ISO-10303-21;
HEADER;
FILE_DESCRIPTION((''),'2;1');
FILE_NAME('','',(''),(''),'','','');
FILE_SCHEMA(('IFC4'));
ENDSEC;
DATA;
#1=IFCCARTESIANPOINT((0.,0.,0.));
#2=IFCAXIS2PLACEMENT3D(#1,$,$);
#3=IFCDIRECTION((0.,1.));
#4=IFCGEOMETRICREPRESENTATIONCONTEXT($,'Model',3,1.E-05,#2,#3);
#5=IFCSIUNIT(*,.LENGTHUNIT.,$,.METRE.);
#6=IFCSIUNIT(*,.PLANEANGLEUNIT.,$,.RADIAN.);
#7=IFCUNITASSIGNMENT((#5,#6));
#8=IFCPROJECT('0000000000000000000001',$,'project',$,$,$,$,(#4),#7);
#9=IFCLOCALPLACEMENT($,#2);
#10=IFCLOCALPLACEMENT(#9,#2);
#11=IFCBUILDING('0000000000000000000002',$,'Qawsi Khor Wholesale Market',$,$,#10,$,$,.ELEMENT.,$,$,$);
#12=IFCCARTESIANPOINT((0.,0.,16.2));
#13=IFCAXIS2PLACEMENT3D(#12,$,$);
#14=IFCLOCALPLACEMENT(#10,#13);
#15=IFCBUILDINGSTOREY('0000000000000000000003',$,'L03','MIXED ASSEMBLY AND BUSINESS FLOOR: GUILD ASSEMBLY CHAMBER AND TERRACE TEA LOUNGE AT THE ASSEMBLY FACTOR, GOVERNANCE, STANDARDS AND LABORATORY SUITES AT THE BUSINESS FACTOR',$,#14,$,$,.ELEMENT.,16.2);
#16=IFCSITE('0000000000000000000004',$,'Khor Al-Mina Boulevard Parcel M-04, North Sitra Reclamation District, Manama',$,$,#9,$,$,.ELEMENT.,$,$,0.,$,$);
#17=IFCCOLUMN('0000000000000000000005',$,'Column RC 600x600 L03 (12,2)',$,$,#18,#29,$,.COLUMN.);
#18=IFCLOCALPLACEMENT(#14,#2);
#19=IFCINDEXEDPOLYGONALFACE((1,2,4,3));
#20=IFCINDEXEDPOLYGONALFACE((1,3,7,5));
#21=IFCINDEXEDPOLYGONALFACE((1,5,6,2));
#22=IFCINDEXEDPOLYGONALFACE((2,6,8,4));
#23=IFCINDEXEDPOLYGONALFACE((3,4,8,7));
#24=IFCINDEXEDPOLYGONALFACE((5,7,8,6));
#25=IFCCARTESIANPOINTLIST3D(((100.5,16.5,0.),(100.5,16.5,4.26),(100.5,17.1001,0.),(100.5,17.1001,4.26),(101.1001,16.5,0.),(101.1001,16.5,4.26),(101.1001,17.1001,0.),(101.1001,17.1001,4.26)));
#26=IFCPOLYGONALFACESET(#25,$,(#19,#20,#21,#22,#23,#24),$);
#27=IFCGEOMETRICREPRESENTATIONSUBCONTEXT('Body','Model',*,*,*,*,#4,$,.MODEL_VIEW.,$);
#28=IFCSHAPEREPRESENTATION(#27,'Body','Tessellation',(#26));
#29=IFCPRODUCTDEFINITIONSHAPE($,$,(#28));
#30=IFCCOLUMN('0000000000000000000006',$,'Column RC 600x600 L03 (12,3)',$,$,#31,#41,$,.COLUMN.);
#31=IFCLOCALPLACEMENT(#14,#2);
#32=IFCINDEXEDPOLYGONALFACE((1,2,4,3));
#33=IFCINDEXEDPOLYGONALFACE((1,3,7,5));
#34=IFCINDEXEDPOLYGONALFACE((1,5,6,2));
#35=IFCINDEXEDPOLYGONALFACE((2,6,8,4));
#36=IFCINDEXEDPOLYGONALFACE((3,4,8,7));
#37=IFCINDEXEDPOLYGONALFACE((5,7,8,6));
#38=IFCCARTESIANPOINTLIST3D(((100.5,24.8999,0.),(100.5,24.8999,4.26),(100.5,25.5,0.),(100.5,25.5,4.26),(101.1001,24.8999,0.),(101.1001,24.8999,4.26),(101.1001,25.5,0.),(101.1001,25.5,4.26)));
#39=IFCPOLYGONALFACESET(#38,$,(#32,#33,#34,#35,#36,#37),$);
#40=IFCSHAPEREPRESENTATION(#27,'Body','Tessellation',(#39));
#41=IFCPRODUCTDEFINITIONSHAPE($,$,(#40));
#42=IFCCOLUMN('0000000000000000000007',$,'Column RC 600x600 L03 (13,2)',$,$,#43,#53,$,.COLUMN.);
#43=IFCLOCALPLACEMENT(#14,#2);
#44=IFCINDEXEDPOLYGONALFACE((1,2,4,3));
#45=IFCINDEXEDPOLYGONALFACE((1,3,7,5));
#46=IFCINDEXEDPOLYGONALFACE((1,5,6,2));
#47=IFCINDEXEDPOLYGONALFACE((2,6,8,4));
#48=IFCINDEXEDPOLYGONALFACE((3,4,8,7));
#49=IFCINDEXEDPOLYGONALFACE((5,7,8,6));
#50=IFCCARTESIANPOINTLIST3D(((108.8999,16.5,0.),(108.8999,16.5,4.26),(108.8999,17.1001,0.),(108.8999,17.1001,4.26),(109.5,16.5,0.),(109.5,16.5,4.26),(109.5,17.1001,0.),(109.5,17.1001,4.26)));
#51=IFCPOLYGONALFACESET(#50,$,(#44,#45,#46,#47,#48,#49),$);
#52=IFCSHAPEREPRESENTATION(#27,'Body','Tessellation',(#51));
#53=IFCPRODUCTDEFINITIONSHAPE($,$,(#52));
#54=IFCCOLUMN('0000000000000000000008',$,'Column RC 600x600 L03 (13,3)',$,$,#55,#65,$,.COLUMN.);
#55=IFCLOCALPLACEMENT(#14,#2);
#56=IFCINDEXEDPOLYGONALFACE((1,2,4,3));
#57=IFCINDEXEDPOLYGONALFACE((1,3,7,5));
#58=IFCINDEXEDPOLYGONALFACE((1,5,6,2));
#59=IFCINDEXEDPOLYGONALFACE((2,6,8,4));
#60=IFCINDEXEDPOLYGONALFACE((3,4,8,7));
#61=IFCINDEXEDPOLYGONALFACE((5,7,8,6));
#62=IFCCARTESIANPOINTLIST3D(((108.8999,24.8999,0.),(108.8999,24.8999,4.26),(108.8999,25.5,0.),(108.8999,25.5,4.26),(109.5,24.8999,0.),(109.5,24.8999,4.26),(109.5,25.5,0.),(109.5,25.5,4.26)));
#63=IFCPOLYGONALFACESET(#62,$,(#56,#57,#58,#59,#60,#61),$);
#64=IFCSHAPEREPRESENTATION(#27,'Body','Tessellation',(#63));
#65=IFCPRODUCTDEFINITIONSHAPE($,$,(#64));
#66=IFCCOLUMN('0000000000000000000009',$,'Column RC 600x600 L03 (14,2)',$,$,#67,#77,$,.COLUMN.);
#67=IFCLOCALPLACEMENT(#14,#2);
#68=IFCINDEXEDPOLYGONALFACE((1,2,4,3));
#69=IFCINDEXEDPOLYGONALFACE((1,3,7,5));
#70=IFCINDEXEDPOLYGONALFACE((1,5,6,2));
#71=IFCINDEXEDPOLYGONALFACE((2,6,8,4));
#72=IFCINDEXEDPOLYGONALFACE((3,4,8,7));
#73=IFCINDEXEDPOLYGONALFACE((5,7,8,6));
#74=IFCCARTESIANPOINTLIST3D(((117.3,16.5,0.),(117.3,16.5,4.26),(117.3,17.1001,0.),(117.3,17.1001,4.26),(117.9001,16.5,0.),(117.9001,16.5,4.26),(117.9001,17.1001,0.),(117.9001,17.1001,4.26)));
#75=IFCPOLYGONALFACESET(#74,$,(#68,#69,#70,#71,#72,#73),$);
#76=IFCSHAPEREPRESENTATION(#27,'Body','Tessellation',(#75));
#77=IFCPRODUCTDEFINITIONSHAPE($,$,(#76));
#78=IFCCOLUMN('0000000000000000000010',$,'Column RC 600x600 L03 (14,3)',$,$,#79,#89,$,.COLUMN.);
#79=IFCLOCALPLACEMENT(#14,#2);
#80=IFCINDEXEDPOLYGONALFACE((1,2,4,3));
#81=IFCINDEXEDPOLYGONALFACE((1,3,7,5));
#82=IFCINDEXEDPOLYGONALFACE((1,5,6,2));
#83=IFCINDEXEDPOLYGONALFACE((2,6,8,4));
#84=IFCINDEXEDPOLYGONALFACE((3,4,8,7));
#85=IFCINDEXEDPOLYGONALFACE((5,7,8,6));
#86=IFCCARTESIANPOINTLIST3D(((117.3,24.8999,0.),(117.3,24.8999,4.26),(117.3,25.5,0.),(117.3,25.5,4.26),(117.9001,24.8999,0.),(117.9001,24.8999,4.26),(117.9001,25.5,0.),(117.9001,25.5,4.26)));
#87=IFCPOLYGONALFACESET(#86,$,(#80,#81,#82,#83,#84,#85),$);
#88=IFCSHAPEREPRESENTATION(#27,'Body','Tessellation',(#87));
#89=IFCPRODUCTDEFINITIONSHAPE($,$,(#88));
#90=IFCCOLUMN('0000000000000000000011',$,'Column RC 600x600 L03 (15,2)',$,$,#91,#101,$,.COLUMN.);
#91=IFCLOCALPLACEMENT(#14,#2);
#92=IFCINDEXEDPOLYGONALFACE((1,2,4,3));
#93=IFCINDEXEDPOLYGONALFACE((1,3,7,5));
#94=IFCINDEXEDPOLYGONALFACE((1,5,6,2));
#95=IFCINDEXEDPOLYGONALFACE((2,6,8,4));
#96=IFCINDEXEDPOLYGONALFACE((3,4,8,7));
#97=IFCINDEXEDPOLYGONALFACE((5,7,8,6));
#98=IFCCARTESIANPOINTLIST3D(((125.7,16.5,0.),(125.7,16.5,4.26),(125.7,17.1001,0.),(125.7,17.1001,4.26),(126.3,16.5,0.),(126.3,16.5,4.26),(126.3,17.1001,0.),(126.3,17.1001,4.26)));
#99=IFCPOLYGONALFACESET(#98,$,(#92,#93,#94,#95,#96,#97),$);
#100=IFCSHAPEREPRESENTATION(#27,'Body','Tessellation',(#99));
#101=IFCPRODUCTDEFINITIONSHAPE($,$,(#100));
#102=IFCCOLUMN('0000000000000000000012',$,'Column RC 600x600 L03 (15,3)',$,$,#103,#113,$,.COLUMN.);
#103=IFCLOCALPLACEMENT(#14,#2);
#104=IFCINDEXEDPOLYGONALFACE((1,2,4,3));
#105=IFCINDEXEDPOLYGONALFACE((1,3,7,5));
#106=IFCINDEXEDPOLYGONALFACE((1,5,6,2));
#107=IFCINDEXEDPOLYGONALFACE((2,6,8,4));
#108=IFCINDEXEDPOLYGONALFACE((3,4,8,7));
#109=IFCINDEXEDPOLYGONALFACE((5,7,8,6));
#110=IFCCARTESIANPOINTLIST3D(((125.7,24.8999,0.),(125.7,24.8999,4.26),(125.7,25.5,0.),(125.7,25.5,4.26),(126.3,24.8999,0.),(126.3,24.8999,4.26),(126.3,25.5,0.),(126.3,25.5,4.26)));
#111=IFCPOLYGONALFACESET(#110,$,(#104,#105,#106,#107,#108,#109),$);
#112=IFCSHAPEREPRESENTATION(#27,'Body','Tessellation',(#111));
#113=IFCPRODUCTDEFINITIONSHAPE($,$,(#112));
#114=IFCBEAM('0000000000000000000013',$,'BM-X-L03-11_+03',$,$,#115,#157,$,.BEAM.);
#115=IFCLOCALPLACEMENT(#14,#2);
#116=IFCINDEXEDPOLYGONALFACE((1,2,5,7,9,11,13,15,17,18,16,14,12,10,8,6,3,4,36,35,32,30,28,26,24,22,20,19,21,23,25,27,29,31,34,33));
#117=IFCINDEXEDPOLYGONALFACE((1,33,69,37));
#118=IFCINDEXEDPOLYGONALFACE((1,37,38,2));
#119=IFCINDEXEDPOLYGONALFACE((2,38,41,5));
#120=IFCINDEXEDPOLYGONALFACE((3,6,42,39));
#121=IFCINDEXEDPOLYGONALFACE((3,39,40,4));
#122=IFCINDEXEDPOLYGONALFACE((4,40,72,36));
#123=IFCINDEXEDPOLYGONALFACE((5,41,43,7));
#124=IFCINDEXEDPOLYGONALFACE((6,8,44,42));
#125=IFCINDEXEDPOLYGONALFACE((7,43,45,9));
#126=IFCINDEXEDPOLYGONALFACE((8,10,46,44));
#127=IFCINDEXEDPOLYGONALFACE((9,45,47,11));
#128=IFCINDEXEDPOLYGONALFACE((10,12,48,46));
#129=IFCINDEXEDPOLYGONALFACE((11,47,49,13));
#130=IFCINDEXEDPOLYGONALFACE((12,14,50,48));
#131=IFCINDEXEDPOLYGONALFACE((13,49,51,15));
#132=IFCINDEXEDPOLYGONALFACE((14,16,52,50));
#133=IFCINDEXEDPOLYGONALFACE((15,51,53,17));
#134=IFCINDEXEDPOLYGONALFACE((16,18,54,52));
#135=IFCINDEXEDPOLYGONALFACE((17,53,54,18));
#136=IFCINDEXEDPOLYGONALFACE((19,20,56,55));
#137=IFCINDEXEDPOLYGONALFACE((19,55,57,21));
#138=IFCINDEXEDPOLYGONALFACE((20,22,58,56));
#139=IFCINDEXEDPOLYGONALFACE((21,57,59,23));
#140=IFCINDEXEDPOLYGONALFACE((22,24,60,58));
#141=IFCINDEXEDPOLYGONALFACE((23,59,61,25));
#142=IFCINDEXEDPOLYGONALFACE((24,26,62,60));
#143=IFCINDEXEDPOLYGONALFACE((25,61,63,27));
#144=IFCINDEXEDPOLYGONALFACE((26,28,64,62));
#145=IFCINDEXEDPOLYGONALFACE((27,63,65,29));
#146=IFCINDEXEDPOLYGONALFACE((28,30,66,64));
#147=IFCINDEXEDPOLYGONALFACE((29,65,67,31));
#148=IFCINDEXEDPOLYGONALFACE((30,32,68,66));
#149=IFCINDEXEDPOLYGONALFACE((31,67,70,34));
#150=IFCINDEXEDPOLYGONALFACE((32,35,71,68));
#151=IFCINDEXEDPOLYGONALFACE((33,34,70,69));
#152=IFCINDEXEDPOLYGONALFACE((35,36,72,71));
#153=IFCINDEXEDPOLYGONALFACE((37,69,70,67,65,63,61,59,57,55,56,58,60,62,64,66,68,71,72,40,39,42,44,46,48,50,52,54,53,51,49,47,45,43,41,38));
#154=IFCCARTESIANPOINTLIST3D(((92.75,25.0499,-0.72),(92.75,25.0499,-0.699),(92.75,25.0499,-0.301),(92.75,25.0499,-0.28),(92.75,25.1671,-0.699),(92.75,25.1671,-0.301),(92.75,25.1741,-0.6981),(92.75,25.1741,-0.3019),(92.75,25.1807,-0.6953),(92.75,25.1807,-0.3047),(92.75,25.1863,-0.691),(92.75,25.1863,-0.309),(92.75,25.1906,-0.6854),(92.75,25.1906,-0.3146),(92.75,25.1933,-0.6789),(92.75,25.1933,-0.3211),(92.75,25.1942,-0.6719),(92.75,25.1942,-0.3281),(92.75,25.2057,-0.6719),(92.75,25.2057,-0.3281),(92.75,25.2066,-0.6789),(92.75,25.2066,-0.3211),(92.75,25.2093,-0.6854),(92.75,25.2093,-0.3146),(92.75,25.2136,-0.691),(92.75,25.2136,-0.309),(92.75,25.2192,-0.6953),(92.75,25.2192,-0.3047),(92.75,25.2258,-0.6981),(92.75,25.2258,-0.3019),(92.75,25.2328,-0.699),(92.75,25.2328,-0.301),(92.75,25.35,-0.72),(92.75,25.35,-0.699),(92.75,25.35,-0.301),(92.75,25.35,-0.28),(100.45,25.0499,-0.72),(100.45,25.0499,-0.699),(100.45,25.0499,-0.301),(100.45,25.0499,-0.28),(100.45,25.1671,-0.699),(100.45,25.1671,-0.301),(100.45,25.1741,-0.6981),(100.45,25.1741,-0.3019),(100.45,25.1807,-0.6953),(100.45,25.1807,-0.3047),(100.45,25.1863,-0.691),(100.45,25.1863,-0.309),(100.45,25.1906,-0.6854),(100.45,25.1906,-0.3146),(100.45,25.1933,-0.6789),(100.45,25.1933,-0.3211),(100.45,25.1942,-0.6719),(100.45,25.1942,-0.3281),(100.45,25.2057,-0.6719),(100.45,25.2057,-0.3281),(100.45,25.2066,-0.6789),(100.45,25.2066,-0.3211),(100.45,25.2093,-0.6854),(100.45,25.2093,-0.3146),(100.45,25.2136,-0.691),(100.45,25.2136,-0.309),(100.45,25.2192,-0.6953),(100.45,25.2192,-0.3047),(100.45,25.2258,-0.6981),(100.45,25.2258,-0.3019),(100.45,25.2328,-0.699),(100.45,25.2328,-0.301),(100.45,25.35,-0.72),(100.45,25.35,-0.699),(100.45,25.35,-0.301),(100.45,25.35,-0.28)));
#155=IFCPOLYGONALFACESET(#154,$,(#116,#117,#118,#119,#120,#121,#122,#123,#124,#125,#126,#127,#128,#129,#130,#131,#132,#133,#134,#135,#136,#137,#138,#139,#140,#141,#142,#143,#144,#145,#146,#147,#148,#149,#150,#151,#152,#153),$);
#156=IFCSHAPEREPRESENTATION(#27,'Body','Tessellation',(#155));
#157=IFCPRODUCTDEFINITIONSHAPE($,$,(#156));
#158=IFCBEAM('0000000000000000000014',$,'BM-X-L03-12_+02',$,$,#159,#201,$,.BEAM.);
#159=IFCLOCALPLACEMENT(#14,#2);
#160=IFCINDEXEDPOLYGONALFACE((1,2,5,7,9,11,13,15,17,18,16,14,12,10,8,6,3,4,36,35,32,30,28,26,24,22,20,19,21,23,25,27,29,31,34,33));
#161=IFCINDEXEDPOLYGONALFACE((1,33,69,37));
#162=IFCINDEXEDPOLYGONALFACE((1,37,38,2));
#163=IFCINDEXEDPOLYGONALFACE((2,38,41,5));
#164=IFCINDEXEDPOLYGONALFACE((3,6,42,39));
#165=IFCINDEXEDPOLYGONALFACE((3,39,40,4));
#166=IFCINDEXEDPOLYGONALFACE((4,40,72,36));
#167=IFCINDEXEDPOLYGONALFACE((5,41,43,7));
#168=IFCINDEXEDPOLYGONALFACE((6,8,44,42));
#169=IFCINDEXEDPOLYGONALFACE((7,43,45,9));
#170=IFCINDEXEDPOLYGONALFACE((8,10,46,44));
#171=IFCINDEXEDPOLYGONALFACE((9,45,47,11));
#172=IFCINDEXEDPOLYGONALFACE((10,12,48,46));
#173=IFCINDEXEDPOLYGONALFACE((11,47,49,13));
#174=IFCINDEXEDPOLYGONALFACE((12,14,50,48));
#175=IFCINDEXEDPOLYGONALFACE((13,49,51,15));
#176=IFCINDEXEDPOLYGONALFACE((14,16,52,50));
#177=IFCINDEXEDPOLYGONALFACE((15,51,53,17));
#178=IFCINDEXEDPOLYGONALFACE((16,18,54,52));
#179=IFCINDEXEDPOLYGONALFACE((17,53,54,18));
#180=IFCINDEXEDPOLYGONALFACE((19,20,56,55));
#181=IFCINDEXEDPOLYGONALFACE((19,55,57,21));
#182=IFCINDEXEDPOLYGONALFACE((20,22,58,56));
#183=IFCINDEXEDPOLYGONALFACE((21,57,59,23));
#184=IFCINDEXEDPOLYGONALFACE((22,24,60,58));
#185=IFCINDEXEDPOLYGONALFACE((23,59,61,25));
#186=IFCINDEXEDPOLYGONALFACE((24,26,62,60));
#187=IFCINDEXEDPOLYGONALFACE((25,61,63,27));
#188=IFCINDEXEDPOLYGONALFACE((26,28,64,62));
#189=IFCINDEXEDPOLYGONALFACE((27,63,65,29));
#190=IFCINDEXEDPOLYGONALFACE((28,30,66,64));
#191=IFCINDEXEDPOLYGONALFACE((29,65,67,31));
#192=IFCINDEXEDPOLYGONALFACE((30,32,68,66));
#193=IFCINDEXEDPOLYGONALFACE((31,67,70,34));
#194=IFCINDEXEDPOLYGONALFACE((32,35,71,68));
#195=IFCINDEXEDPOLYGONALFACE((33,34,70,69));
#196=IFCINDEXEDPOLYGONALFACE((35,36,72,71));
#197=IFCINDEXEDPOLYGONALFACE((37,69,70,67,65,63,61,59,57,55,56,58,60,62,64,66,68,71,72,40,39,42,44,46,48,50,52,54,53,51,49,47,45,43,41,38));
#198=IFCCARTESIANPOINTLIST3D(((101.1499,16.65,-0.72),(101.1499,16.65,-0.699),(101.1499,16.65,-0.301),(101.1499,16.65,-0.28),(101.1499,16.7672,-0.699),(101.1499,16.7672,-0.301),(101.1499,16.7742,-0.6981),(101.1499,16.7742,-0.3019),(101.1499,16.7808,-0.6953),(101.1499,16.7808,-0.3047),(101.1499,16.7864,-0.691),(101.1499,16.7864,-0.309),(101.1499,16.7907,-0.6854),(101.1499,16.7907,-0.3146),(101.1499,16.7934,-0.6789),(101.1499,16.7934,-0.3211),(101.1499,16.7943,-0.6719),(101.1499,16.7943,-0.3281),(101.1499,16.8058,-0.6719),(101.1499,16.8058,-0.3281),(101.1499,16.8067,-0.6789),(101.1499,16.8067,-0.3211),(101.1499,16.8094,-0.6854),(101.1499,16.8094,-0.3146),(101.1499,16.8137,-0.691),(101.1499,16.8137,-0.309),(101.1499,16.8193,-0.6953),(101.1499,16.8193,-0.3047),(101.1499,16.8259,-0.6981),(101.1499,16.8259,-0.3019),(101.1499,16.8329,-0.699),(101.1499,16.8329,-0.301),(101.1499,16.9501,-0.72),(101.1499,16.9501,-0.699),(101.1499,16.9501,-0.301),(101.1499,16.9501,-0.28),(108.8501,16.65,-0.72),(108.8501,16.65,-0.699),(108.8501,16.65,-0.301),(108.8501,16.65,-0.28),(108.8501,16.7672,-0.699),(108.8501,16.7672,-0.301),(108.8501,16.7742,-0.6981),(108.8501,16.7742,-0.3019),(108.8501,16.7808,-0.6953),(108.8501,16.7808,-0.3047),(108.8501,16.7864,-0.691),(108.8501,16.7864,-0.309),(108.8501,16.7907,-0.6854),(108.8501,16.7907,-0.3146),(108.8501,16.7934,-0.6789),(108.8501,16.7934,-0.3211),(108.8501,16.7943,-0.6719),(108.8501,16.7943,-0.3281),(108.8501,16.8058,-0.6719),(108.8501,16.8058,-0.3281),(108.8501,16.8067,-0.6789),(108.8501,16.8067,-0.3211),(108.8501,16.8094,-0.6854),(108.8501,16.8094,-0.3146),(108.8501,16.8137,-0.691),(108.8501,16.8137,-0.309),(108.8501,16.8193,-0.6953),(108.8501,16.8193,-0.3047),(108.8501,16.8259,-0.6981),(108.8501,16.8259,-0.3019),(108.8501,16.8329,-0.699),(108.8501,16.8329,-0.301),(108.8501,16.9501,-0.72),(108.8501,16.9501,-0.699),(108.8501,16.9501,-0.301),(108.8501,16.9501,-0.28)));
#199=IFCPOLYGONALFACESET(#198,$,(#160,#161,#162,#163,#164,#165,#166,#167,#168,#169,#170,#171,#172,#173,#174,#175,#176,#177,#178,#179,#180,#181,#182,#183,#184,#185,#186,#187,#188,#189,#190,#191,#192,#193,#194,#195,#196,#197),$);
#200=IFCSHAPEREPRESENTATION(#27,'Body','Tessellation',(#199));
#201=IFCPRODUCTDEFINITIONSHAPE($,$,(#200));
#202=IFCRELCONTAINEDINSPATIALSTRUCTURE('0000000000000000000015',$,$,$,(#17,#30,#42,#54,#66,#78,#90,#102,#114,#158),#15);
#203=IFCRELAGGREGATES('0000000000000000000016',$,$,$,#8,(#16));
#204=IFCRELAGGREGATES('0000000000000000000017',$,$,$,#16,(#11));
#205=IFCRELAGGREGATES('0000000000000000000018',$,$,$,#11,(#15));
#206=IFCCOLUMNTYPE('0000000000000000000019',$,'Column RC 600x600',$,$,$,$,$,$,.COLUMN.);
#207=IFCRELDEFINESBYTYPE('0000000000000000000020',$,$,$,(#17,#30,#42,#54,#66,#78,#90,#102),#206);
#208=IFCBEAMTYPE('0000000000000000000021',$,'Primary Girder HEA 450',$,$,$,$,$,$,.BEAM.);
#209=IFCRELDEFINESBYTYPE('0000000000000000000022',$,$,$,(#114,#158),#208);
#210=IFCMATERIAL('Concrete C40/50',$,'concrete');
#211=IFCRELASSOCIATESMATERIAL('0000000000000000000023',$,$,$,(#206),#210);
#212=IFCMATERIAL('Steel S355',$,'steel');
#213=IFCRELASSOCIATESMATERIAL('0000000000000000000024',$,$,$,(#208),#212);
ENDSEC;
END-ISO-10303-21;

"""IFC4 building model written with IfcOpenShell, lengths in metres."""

from ifc_helpers import new_model, si_unit, direction, frame, origin, origin_2d, place, context, subcontext, project, spatial, rectangle, i_section, extrude, material, material_profile, profile_set, type_object, element, save


model = new_model("IFC4")

# Units and contexts
model_context = context("Model", 3, precision=1e-05, world=origin(), true_north=direction((0.0, 1.0)))
body_context = subcontext(model_context, "Body", "Model", "MODEL_VIEW")
ifc_project = project(units=[si_unit("LENGTHUNIT", "METRE"), si_unit("PLANEANGLEUNIT", "RADIAN")], contexts=[model_context])

# Site, building, storey
site_placement = place(None, origin())
site = spatial("IfcSite", under=ifc_project, at=site_placement, Name="Khor Al-Mina Boulevard Parcel M-04, North Sitra Reclamation District, Manama", CompositionType="ELEMENT", RefElevation=0.0)
building_placement = place(site_placement, origin())
building = spatial("IfcBuilding", under=site, at=building_placement, Name="Qawsi Khor Wholesale Market", CompositionType="ELEMENT")
storey_placement = place(building_placement, frame((0.0, 0.0, 16.2)))
storey = spatial("IfcBuildingStorey", under=building, at=storey_placement, Name="L03", Description="MIXED ASSEMBLY AND BUSINESS FLOOR: GUILD ASSEMBLY CHAMBER AND TERRACE TEA LOUNGE AT THE ASSEMBLY FACTOR, GOVERNANCE, STANDARDS AND LABORATORY SUITES AT THE BUSINESS FACTOR", CompositionType="ELEMENT", Elevation=16.2)

# Columns
ifc_material_1 = material(Name="Concrete C40/50", Category="concrete")
ifc_material_profile_1 = material_profile(ifc_material_1, rectangle(XDim=0.6001, YDim=0.6001, at=origin_2d()), Name="RC 600x600")
ifc_profile_set_1 = profile_set([ifc_material_profile_1], Name="Concrete C40/50")
column_type = type_object("IfcColumnType", Name="Column RC 600x600", PredefinedType="COLUMN", material=ifc_profile_set_1)
for number, where, z_axis, x_axis, name in (
    (1, (100.8, 16.8, 0.0), (0.0, 0.0, 1.0), (1.0, 0.0, 0.0), "Column RC 600x600 L03 (12,2)"),
    (2, (100.8, 25.2, 0.0), (0.0, 0.0, 1.0), (1.0, 0.0, 0.0), "Column RC 600x600 L03 (12,3)"),
    (3, (109.2, 16.8, 0.0), (0.0, 0.0, 1.0), (1.0, 0.0, 0.0), "Column RC 600x600 L03 (13,2)"),
    (4, (109.2, 25.2, 0.0), (0.0, 0.0, 1.0), (1.0, 0.0, 0.0), "Column RC 600x600 L03 (13,3)"),
    (5, (117.6001, 16.8, 0.0), (0.0, 0.0, 1.0), (1.0, 0.0, 0.0), "Column RC 600x600 L03 (14,2)"),
    (6, (117.6001, 25.2, 0.0), (0.0, 0.0, 1.0), (1.0, 0.0, 0.0), "Column RC 600x600 L03 (14,3)"),
    (7, (126.0, 16.8, 0.0), (0.0, 0.0, 1.0), (1.0, 0.0, 0.0), "Column RC 600x600 L03 (15,2)"),
    (8, (126.0, 25.2, 0.0), (0.0, 0.0, 1.0), (1.0, 0.0, 0.0), "Column RC 600x600 L03 (15,3)"),
):
    element("IfcColumn", number, at=place(storey_placement, frame(where, z_axis=z_axis, x_axis=x_axis)), inside=storey, type_object=column_type, Name=name, PredefinedType="COLUMN", context=body_context, shape_type="SweptSolid", body=[
        extrude(rectangle(XDim=0.6001, YDim=0.6001, at=origin_2d()), origin(), (0.0, 0.0, 1.0), 4.26),
    ])

# Beams
ifc_material_2 = material(Name="Steel S355", Category="steel")
ifc_material_profile_2 = material_profile(ifc_material_2, i_section(OverallWidth=0.3, OverallDepth=0.4399, WebThickness=0.0115, FlangeThickness=0.021, FilletRadius=0.0271, at=origin_2d()), Name="HEA 450")
ifc_profile_set_2 = profile_set([ifc_material_profile_2], Name="Steel S355")
beam_type_1 = type_object("IfcBeamType", Name="Primary Girder HEA 450", PredefinedType="BEAM", material=ifc_profile_set_2)
beam_placement = place(storey_placement, frame((92.75, 25.2, -0.5), z_axis=(1.0, 0.0, 0.0), x_axis=(0.0, 1.0, 0.0)))
element("IfcBeam", 9, at=beam_placement, inside=storey, type_object=beam_type_1, Name="BM-X-L03-11_+03", PredefinedType="BEAM", context=body_context, shape_type="SweptSolid", body=[
    extrude(i_section(OverallWidth=0.3, OverallDepth=0.4399, WebThickness=0.0115, FlangeThickness=0.021, FilletRadius=0.0271, at=origin_2d()), origin(), (0.0, 0.0, 1.0), 7.7),
])
for number, where, z_axis, x_axis, name in (
    (10, (101.1499, 16.8, -0.5), (1.0, 0.0, 0.0), (0.0, 1.0, 0.0), "BM-X-L03-12_+02"),
):
    element("IfcBeam", number, at=place(storey_placement, frame(where, z_axis=z_axis, x_axis=x_axis)), inside=storey, type_object=beam_type_1, Name=name, PredefinedType="BEAM", context=body_context, shape_type="SweptSolid", body=[
        extrude(i_section(OverallWidth=0.3, OverallDepth=0.4399, WebThickness=0.0115, FlangeThickness=0.021, FilletRadius=0.0271, at=origin_2d()), origin(), (0.0, 0.0, 1.0), 7.7002),
    ])

save(model, "model.ifc")
